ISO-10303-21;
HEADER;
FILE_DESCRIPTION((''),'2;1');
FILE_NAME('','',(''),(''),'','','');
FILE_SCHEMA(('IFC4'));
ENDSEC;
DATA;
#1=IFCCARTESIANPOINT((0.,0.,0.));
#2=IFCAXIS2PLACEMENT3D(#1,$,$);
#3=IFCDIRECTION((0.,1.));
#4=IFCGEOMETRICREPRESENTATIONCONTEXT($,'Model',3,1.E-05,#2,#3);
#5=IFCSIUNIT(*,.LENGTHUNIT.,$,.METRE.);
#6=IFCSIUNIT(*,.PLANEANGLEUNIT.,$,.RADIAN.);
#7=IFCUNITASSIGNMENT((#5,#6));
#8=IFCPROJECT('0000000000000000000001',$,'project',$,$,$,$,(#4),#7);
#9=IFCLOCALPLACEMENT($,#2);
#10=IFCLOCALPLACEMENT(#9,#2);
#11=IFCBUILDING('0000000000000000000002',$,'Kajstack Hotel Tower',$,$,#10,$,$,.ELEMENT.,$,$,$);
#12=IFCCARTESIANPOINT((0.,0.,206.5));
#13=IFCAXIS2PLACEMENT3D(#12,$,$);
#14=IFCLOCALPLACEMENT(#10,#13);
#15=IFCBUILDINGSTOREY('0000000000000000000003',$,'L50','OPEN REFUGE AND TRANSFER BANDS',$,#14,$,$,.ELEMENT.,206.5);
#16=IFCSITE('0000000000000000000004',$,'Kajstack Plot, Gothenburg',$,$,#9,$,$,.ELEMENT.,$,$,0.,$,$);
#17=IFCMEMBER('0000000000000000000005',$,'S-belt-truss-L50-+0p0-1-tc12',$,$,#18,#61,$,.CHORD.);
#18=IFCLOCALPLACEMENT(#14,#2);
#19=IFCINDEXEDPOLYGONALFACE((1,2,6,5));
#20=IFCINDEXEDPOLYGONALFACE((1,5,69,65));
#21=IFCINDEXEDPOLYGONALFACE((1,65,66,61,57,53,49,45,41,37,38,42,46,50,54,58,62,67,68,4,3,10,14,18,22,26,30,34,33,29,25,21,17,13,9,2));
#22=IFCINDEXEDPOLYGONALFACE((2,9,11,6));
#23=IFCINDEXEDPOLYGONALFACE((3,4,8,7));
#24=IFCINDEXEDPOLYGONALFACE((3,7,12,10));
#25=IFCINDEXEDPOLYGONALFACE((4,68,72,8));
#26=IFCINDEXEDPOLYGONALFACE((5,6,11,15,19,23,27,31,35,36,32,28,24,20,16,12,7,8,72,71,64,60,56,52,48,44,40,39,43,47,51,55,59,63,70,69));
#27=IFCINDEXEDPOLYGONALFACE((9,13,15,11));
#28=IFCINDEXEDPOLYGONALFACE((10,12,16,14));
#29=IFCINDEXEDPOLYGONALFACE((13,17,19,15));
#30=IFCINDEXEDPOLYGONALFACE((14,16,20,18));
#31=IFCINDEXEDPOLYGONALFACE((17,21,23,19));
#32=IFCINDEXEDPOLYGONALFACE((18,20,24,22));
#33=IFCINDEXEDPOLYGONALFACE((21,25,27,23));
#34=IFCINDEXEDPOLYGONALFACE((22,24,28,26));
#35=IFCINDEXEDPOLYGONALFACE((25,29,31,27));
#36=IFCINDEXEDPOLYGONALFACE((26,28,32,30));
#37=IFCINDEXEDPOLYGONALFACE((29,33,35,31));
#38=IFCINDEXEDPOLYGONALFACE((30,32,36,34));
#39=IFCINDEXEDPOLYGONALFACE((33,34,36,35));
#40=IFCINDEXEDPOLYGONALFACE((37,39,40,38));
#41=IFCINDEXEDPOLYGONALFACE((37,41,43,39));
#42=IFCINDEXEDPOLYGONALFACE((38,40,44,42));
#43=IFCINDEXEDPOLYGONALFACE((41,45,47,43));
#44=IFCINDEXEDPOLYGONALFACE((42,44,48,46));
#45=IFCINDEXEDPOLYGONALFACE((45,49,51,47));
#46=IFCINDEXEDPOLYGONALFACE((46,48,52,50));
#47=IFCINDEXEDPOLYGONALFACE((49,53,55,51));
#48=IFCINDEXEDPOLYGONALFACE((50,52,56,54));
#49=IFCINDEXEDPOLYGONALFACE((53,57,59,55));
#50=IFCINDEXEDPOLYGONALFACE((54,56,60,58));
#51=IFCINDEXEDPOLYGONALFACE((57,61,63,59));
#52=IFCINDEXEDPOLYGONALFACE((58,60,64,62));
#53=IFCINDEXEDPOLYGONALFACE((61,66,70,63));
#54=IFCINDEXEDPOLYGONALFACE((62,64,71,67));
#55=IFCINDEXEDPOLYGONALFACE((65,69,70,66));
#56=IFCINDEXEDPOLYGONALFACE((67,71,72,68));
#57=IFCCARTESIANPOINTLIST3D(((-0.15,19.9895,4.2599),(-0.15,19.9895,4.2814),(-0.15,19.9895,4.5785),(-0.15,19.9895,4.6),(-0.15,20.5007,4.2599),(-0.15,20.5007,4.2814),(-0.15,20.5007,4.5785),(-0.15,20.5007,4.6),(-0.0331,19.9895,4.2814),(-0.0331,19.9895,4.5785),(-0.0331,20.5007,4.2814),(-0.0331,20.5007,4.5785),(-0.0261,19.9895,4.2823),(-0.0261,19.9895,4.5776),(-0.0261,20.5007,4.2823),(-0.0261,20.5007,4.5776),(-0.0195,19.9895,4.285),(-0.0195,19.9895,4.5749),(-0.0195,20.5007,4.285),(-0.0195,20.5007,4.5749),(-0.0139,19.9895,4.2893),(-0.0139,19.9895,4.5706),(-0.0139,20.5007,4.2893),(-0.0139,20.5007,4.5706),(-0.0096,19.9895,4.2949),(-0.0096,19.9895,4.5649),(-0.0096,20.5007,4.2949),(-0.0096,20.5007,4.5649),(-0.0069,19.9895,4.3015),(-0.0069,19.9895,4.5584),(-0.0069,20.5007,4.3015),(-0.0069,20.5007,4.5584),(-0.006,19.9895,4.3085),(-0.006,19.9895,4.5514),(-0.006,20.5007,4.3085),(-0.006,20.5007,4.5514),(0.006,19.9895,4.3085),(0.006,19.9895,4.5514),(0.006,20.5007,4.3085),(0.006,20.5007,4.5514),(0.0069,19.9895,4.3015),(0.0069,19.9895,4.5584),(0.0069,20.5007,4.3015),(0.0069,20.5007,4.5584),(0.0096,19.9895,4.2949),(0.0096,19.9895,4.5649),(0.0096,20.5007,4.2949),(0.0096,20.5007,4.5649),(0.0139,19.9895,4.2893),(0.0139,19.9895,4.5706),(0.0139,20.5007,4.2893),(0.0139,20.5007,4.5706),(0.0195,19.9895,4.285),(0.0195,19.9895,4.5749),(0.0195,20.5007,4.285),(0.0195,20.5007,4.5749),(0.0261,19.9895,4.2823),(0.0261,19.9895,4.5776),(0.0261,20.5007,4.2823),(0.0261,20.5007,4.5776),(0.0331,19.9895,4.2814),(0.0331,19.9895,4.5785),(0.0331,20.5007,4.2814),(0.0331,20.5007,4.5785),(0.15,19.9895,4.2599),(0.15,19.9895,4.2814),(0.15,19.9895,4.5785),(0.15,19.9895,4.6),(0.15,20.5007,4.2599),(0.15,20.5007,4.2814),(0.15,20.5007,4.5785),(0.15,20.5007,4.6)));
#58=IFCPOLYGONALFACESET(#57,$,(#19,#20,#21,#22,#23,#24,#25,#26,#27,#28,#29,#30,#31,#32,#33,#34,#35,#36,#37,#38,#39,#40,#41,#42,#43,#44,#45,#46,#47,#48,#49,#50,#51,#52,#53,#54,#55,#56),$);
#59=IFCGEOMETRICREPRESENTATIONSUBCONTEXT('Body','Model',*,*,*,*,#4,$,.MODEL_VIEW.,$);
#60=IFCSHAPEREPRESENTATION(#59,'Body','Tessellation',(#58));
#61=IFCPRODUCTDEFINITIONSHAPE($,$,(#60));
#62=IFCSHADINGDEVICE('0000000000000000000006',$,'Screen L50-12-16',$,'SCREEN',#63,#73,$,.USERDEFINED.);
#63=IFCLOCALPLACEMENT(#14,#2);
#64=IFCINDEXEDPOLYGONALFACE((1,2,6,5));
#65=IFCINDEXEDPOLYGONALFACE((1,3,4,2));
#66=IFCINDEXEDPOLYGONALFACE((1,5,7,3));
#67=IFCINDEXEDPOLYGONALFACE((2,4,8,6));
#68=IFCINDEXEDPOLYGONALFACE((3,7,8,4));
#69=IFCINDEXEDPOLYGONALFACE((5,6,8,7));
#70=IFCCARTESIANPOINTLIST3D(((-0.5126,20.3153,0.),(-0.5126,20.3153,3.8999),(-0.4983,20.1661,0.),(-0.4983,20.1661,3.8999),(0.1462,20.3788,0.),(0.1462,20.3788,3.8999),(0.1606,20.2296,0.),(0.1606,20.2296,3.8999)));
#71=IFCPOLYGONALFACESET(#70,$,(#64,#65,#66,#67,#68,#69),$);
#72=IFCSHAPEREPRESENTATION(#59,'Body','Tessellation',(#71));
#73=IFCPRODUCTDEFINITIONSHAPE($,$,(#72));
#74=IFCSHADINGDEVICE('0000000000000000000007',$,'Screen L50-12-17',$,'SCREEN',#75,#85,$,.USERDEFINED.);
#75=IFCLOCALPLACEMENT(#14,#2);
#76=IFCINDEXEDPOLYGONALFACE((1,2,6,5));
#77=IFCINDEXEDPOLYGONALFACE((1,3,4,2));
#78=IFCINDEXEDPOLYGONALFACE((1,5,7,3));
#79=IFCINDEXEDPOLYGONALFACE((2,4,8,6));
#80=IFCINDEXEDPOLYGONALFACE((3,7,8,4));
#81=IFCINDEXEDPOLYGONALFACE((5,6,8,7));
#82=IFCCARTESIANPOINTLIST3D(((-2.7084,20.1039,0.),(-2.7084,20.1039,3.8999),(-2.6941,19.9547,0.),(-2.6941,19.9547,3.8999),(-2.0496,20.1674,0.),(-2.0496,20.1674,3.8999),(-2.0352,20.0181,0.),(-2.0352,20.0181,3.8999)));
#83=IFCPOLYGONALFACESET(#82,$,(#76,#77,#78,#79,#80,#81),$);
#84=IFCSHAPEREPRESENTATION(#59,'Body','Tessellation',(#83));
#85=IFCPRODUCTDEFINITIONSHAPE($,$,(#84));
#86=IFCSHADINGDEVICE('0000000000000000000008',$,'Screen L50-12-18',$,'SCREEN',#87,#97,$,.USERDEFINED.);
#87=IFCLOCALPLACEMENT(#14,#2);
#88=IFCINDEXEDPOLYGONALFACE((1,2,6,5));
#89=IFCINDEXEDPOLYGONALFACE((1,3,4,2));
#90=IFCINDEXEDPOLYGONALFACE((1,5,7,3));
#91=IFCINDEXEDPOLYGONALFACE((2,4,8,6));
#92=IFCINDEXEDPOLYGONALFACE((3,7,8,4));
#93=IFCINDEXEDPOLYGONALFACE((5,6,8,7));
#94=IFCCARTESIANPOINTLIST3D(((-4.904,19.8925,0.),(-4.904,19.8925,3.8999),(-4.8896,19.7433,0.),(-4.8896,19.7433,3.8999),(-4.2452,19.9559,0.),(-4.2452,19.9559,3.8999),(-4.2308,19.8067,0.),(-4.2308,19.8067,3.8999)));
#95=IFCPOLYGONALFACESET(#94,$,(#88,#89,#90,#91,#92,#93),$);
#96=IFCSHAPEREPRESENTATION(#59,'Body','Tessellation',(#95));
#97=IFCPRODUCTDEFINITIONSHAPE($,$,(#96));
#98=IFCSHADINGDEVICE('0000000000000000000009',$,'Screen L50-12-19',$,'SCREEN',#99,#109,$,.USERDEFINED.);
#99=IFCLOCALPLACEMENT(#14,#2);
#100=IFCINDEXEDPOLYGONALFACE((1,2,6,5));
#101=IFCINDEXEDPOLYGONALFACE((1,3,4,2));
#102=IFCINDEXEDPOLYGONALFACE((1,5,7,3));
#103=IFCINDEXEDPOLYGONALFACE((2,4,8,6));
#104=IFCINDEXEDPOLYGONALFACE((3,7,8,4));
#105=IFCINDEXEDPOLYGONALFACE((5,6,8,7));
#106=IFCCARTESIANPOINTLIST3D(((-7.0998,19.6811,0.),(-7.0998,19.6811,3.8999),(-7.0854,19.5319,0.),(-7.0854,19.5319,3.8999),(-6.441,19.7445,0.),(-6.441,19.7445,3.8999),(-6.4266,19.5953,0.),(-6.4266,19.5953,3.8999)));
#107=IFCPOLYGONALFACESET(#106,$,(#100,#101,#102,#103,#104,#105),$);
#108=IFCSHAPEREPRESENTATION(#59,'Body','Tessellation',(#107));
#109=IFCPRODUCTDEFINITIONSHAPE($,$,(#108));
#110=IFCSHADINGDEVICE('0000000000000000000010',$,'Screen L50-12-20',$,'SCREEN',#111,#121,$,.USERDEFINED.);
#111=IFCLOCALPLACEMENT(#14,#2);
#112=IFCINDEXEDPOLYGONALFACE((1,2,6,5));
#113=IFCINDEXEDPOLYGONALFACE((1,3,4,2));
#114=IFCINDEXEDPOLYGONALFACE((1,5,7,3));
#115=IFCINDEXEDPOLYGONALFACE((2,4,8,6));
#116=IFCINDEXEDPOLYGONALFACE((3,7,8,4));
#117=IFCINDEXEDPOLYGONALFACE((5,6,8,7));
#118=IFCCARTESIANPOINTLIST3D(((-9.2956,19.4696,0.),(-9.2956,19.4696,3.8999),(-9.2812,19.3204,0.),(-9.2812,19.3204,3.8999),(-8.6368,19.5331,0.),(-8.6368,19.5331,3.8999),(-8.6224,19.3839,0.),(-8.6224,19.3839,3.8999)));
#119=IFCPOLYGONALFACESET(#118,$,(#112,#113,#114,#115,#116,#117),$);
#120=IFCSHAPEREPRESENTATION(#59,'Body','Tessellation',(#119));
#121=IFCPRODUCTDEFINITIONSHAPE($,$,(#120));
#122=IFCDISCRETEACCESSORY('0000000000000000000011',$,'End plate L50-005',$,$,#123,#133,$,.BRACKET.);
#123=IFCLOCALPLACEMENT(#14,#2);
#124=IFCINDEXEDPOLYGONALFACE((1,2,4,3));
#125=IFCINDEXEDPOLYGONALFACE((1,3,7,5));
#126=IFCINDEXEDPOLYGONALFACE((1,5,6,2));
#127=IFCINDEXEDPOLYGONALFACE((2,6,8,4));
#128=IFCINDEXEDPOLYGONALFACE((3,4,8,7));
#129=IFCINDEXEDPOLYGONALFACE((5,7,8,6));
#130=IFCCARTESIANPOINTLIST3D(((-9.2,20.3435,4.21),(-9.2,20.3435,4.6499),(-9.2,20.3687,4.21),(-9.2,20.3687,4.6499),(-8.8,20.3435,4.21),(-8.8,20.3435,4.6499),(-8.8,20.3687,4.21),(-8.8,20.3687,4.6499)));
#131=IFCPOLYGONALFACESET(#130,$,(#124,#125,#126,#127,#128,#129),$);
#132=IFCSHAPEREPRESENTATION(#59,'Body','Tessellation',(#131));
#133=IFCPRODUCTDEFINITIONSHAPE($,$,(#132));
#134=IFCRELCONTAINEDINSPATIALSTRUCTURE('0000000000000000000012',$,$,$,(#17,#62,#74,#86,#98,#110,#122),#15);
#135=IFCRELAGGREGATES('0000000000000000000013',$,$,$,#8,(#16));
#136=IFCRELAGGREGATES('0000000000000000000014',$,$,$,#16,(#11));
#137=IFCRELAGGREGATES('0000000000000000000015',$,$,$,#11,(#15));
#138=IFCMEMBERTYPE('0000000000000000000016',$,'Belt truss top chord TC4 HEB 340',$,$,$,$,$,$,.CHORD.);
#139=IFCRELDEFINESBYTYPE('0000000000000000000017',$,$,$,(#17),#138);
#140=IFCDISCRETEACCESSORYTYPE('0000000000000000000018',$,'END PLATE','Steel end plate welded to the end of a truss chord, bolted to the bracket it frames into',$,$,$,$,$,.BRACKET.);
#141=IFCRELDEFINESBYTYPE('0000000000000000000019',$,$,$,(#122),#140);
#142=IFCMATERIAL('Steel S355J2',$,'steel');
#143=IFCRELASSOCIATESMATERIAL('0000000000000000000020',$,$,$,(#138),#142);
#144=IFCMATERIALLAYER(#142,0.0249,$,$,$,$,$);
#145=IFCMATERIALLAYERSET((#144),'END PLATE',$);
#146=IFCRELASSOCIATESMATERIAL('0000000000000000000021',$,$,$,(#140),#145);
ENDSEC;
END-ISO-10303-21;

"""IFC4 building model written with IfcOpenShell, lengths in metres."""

from ifc_helpers import new_model, si_unit, direction, frame, origin, origin_2d, place, context, subcontext, project, spatial, polyline, rectangle, i_section, outline, extrude, material, layer, layer_set, material_profile, profile_set, type_object, element, save


model = new_model("IFC4")

# Units and contexts
model_context = context("Model", 3, precision=1e-05, world=origin(), true_north=direction((0.0, 1.0)))
body_context = subcontext(model_context, "Body", "Model", "MODEL_VIEW")
ifc_project = project(units=[si_unit("LENGTHUNIT", "METRE"), si_unit("PLANEANGLEUNIT", "RADIAN")], contexts=[model_context])

# Site, building, storey
site_placement = place(None, origin())
site = spatial("IfcSite", under=ifc_project, at=site_placement, Name="Kajstack Plot, Gothenburg", CompositionType="ELEMENT", RefElevation=0.0)
building_placement = place(site_placement, origin())
building = spatial("IfcBuilding", under=site, at=building_placement, Name="Kajstack Hotel Tower", CompositionType="ELEMENT")
storey_placement = place(building_placement, frame((0.0, 0.0, 206.5)))
storey = spatial("IfcBuildingStorey", under=building, at=storey_placement, Name="L50", Description="OPEN REFUGE AND TRANSFER BANDS", CompositionType="ELEMENT", Elevation=206.5)

# Member
ifc_material = material(Name="Steel S355J2", Category="steel")
ifc_material_profile_1 = material_profile(ifc_material, i_section(OverallWidth=0.3, OverallDepth=0.3401, WebThickness=0.012, FlangeThickness=0.0215, FilletRadius=0.0271, at=origin_2d()), Name="HEB 340")
ifc_profile_set_1 = profile_set([ifc_material_profile_1], Name="Steel S355J2")
member_type_1 = type_object("IfcMemberType", Name="Belt truss top chord TC4 HEB 340", PredefinedType="CHORD", material=ifc_profile_set_1)
member_1_placement = place(storey_placement, frame((0.0, 19.9895, 4.4299), z_axis=(0.0, 1.0, 0.0), x_axis=(-1.0, 0.0, 0.0)))
element("IfcMember", 1, at=member_1_placement, inside=storey, type_object=member_type_1, Name="S-belt-truss-L50-+0p0-1-tc12", PredefinedType="CHORD", context=body_context, shape_type="SweptSolid", body=[
    extrude(i_section(OverallWidth=0.3, OverallDepth=0.3401, WebThickness=0.012, FlangeThickness=0.0215, FilletRadius=0.0271, at=origin_2d()), origin(), (0.0, 0.0, 1.0), 0.5112),
])

# Shading devices
for number, where, z_axis, x_axis, name in (
    (2, (-0.176, 20.2725, 0.0), (0.0, 0.0, 1.0), (-0.995396, -0.095845, 0.0), "Screen L50-12-16"),
    (3, (-2.3718, 20.061, 0.0), (0.0, 0.0, 1.0), (-0.995396, -0.095845, 0.0), "Screen L50-12-17"),
    (4, (-4.5674, 19.8496, 0.0), (0.0, 0.0, 1.0), (-0.995396, -0.095845, 0.0), "Screen L50-12-18"),
    (5, (-6.7632, 19.6382, 0.0), (0.0, 0.0, 1.0), (-0.995396, -0.095845, 0.0), "Screen L50-12-19"),
    (6, (-8.959, 19.4268, 0.0), (0.0, 0.0, 1.0), (-0.995396, -0.095845, 0.0), "Screen L50-12-20"),
):
    element("IfcShadingDevice", number, at=place(storey_placement, frame(where, z_axis=z_axis, x_axis=x_axis)), inside=storey, Name=name, ObjectType="SCREEN", PredefinedType="USERDEFINED", context=body_context, shape_type="SweptSolid", body=[
        extrude(rectangle(XDim=0.6619, YDim=0.1499, at=origin_2d()), origin(), (0.0, 0.0, 1.0), 3.8999),
    ])

# Discrete accessory
ifc_layer = layer(ifc_material, 0.0249)
ifc_layer_set = layer_set([ifc_layer], Name="END PLATE")
discrete_accessory_type = type_object("IfcDiscreteAccessoryType", Name="END PLATE", Description="Steel end plate welded to the end of a truss chord, bolted to the bracket it frames into", PredefinedType="BRACKET", material=ifc_layer_set)
discrete_accessory_placement = place(storey_placement, frame((-9.0, 20.3435, 4.4299), z_axis=(0.0, 1.0, 0.0), x_axis=(-1.0, 0.0, 0.0)))
element("IfcDiscreteAccessory", 7, at=discrete_accessory_placement, inside=storey, type_object=discrete_accessory_type, Name="End plate L50-005", PredefinedType="BRACKET", context=body_context, shape_type="SweptSolid", body=[
    extrude(outline(polyline([(-0.2, -0.22), (0.2, -0.22), (0.2, 0.22), (-0.2, 0.22), (-0.2, -0.22)])), origin(), (0.0, 0.0, 1.0), 0.0251),
])

save(model, "model.ifc")
